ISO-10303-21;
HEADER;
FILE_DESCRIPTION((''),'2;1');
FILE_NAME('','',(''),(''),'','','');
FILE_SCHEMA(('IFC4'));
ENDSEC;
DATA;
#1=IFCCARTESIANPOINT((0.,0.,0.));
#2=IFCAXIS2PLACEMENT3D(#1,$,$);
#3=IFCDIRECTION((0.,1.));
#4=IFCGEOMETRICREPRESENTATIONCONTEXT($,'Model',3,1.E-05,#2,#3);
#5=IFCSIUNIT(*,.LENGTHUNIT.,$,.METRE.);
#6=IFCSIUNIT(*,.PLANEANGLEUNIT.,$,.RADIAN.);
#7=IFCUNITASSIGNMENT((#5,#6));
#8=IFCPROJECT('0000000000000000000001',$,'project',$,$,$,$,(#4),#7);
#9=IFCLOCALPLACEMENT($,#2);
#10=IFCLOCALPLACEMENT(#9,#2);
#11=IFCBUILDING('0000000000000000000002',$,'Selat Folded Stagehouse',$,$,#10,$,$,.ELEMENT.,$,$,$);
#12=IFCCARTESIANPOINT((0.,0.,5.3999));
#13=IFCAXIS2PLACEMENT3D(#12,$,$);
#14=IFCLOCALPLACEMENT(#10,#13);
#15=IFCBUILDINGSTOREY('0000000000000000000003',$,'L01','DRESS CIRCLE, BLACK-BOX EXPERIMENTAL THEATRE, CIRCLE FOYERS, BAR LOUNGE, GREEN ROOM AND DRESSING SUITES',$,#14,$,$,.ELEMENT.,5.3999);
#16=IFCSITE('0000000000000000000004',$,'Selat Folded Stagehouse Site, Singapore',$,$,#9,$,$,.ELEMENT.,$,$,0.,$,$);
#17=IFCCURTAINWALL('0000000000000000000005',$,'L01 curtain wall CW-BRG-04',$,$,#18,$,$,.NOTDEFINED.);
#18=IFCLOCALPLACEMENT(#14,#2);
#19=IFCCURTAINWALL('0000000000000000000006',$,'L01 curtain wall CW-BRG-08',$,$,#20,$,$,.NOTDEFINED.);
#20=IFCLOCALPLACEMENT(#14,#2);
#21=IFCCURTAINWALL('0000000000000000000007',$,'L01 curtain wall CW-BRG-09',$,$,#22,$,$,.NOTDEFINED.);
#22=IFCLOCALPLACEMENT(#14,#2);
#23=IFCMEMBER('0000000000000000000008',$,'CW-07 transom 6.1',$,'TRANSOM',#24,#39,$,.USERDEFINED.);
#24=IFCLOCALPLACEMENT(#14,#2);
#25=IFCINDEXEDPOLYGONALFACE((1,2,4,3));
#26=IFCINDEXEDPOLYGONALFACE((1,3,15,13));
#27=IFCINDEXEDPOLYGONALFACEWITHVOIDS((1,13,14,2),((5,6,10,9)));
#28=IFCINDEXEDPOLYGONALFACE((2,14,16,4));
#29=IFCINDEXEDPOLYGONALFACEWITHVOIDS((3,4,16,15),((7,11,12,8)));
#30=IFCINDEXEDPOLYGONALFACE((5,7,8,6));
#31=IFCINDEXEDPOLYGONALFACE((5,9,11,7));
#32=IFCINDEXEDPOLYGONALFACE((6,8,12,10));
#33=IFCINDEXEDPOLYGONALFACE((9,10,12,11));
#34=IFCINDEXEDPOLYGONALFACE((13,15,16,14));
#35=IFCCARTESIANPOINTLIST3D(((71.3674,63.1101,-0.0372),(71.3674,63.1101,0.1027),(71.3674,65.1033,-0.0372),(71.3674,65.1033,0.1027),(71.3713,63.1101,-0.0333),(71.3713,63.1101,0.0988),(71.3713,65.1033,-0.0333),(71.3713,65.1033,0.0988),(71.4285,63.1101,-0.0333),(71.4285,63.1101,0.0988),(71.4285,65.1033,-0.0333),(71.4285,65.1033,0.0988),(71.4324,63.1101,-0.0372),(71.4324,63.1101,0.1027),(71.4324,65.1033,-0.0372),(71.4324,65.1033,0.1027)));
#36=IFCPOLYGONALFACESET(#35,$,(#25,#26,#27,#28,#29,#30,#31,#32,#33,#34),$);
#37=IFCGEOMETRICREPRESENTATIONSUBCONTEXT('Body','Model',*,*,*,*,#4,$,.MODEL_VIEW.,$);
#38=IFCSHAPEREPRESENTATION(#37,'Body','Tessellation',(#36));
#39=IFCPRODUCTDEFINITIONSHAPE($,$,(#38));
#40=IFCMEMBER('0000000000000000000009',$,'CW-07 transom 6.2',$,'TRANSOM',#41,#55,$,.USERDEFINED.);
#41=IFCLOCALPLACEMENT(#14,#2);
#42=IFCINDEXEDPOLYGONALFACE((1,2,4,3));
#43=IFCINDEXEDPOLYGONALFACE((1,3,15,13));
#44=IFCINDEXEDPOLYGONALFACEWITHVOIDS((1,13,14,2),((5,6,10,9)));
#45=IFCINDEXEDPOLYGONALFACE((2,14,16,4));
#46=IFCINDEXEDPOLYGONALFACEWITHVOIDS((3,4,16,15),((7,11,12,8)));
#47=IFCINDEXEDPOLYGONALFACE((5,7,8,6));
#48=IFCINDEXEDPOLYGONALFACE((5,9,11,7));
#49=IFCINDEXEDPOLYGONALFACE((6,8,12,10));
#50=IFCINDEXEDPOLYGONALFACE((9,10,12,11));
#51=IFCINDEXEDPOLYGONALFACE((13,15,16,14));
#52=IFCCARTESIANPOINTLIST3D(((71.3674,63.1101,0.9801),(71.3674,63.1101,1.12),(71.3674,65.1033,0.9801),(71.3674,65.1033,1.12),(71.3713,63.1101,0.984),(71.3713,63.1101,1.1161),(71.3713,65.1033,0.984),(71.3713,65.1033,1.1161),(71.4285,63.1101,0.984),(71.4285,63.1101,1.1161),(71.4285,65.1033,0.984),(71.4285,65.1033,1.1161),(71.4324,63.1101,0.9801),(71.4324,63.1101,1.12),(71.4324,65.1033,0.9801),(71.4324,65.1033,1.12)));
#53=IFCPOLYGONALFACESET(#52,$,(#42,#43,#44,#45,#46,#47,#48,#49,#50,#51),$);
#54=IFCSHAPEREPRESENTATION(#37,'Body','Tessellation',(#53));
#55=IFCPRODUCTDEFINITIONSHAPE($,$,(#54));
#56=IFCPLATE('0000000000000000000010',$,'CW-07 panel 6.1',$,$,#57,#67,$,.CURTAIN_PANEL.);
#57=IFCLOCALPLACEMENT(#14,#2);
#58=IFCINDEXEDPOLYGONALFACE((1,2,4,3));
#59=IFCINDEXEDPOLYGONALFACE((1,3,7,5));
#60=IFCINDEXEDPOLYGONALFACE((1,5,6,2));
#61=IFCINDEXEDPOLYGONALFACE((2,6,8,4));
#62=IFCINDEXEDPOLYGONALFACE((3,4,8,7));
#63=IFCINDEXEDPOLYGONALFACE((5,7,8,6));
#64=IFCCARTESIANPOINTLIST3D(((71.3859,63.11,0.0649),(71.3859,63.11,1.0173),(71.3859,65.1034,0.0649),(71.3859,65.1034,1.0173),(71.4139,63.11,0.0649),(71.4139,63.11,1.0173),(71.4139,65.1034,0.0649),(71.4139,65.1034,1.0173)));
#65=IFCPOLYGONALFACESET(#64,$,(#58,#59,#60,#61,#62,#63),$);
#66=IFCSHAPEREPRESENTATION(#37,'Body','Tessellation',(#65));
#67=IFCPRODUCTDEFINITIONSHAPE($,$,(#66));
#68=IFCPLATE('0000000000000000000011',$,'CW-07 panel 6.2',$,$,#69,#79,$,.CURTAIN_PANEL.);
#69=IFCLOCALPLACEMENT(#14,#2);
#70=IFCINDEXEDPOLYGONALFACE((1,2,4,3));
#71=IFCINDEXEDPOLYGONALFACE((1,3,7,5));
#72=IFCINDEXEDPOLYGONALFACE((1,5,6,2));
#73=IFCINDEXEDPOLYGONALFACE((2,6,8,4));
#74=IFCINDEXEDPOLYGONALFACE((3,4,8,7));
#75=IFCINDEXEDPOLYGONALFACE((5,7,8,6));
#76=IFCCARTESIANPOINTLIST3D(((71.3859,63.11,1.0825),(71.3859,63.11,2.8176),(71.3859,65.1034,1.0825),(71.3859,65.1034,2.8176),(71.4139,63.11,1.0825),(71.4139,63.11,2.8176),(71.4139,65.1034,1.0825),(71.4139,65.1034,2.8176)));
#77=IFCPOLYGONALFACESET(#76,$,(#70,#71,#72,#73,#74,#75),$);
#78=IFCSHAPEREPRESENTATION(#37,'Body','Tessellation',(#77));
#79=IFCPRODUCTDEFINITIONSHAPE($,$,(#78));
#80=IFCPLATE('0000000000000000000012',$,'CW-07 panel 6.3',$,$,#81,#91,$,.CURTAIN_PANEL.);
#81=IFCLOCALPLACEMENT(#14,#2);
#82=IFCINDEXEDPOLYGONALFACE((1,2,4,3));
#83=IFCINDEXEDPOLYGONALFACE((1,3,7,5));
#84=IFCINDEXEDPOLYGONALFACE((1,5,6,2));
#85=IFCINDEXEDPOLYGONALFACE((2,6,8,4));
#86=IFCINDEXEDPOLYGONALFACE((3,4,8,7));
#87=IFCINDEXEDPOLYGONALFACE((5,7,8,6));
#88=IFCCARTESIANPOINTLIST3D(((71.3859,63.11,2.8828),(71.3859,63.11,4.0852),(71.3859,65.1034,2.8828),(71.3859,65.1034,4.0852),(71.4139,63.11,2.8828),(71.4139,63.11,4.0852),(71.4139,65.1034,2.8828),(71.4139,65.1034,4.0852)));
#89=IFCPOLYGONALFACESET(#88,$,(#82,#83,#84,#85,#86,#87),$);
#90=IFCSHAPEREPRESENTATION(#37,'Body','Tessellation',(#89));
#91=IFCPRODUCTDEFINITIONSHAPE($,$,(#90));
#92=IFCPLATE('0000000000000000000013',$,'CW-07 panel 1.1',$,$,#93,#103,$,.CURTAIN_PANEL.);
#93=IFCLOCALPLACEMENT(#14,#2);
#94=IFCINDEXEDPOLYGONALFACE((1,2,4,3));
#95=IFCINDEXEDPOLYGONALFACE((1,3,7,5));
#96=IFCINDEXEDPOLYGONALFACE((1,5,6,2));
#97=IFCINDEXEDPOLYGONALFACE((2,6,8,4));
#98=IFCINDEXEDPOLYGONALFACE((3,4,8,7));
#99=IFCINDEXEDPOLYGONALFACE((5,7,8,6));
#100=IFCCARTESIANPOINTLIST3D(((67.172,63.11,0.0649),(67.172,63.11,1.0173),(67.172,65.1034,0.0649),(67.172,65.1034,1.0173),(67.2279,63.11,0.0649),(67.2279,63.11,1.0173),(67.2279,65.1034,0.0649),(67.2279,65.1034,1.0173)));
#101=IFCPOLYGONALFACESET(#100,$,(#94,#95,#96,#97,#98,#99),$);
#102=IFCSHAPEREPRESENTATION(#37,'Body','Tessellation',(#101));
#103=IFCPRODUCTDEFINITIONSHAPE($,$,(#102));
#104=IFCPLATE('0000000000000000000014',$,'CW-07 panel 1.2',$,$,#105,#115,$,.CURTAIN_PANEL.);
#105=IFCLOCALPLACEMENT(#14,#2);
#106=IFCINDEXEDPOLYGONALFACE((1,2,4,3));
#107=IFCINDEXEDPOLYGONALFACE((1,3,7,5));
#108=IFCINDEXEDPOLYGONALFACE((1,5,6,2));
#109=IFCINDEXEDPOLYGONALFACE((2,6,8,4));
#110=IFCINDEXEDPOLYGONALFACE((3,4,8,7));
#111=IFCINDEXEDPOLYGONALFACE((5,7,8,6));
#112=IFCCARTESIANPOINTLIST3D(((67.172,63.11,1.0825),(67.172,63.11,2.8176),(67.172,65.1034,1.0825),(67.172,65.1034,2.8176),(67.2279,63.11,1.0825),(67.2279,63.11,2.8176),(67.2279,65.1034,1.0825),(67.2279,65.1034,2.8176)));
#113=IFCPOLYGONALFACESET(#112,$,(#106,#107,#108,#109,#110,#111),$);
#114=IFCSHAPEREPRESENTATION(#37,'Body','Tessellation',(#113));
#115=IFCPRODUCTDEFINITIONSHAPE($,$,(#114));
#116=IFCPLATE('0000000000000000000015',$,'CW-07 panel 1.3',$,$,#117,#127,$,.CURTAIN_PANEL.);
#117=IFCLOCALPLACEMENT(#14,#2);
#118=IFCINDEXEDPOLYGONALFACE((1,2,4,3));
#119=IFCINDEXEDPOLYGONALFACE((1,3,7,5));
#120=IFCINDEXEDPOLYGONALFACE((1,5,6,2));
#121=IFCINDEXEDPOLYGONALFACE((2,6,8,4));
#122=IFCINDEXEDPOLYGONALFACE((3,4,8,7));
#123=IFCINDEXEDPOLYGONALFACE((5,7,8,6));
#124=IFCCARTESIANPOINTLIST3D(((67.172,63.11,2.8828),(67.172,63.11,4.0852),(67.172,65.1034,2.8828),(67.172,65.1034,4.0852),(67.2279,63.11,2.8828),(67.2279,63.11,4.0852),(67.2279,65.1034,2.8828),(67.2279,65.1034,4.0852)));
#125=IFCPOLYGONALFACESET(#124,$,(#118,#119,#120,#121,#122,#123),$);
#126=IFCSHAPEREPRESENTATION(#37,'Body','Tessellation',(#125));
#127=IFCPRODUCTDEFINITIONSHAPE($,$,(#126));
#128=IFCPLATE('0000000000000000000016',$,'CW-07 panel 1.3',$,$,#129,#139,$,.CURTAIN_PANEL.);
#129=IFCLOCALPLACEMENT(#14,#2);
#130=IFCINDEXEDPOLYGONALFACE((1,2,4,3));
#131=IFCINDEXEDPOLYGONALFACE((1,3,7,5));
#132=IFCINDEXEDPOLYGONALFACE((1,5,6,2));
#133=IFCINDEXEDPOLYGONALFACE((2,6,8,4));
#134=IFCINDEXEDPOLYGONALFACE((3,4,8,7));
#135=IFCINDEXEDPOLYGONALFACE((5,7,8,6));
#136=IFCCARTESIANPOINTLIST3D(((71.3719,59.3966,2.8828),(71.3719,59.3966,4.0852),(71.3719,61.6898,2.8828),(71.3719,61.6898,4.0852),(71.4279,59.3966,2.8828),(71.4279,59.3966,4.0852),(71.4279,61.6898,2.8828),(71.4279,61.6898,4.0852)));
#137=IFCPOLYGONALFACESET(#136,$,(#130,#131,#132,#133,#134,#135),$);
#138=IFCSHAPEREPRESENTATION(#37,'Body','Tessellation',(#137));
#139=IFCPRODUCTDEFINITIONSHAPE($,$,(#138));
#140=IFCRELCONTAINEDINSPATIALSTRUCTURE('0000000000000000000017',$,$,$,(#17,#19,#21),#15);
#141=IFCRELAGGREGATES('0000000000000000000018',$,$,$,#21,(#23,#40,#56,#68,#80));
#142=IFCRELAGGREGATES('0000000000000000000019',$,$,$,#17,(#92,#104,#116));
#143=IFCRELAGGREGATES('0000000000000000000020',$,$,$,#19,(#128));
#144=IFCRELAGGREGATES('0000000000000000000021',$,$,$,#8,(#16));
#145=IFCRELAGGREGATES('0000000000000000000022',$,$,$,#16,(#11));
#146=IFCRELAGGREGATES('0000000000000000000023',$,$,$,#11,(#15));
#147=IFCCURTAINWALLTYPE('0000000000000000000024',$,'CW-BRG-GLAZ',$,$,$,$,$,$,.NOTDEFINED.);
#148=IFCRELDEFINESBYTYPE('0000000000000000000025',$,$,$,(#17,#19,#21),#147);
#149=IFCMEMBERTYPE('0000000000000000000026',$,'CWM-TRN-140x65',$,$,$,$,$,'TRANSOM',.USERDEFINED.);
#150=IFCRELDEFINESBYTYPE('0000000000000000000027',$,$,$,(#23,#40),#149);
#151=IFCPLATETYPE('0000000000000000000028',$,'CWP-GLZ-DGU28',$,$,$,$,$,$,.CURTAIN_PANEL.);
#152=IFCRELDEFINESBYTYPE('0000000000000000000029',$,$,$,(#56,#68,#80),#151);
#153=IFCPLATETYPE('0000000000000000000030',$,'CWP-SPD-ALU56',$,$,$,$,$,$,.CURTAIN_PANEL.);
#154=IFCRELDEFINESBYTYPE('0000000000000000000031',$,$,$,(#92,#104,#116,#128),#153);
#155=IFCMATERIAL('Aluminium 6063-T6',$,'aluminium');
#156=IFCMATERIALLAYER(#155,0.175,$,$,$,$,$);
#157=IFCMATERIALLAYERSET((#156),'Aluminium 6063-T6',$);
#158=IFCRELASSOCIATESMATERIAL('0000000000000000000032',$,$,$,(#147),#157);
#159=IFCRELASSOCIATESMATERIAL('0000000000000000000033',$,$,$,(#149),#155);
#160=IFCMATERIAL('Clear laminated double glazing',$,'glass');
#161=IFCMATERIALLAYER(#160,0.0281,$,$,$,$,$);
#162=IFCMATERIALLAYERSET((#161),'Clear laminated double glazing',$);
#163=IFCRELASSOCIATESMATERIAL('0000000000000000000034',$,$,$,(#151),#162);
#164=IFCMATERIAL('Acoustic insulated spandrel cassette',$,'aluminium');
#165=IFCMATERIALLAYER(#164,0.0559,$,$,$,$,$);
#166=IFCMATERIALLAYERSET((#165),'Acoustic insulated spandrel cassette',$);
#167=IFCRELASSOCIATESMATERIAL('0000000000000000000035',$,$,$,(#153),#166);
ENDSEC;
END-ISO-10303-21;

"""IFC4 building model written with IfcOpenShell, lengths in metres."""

from ifc_helpers import new_model, si_unit, direction, frame, origin, origin_2d, place, context, subcontext, project, spatial, rectangle, hollow_rectangle, extrude, material, layer, layer_set, material_profile, profile_set, type_object, element, aggregate, save


model = new_model("IFC4")

# Units and contexts
model_context = context("Model", 3, precision=1e-05, world=origin(), true_north=direction((0.0, 1.0)))
body_context = subcontext(model_context, "Body", "Model", "MODEL_VIEW")
ifc_project = project(units=[si_unit("LENGTHUNIT", "METRE"), si_unit("PLANEANGLEUNIT", "RADIAN")], contexts=[model_context])

# Site, building, storey
site_placement = place(None, origin())
site = spatial("IfcSite", under=ifc_project, at=site_placement, Name="Selat Folded Stagehouse Site, Singapore", CompositionType="ELEMENT", RefElevation=0.0)
building_placement = place(site_placement, origin())
building = spatial("IfcBuilding", under=site, at=building_placement, Name="Selat Folded Stagehouse", CompositionType="ELEMENT")
storey_placement = place(building_placement, frame((0.0, 0.0, 5.3999)))
storey = spatial("IfcBuildingStorey", under=building, at=storey_placement, Name="L01", Description="DRESS CIRCLE, BLACK-BOX EXPERIMENTAL THEATRE, CIRCLE FOYERS, BAR LOUNGE, GREEN ROOM AND DRESSING SUITES", CompositionType="ELEMENT", Elevation=5.3999)

# Curtain walls
ifc_material_1 = material(Name="Aluminium 6063-T6", Category="aluminium")
ifc_layer_1 = layer(ifc_material_1, 0.175)
ifc_layer_set_1 = layer_set([ifc_layer_1], Name="Aluminium 6063-T6")
curtain_wall_type = type_object("IfcCurtainWallType", Name="CW-BRG-GLAZ", PredefinedType="NOTDEFINED", material=ifc_layer_set_1)
curtain_wall_1_placement = place(storey_placement, origin())
curtain_wall_1 = element("IfcCurtainWall", 1, at=curtain_wall_1_placement, inside=storey, type_object=curtain_wall_type, Name="L01 curtain wall CW-BRG-04", PredefinedType="NOTDEFINED")
curtain_wall_2_placement = place(storey_placement, origin())
curtain_wall_2 = element("IfcCurtainWall", 2, at=curtain_wall_2_placement, inside=storey, type_object=curtain_wall_type, Name="L01 curtain wall CW-BRG-08", PredefinedType="NOTDEFINED")
curtain_wall_3_placement = place(storey_placement, origin())
curtain_wall_3 = element("IfcCurtainWall", 3, at=curtain_wall_3_placement, inside=storey, type_object=curtain_wall_type, Name="L01 curtain wall CW-BRG-09", PredefinedType="NOTDEFINED")

# Members
ifc_material_profile_1 = material_profile(ifc_material_1, hollow_rectangle(XDim=0.0649, YDim=0.1399, WallThickness=0.0039, at=origin_2d()), Name="ALU 140x65x4.0")
ifc_profile_set_1 = profile_set([ifc_material_profile_1], Name="Aluminium 6063-T6")
member_type_1 = type_object("IfcMemberType", Name="CWM-TRN-140x65", ElementType="TRANSOM", PredefinedType="USERDEFINED", material=ifc_profile_set_1)
member_1_placement = place(storey_placement, frame((71.3999, 65.1033, 0.0327), z_axis=(0.0, -1.0, 0.0), x_axis=(1.0, 0.0, 0.0)))
member_1 = element("IfcMember", 4, at=member_1_placement, type_object=member_type_1, Name="CW-07 transom 6.1", ObjectType="TRANSOM", PredefinedType="USERDEFINED", context=body_context, shape_type="SweptSolid", body=[
    extrude(hollow_rectangle(XDim=0.0649, YDim=0.1399, WallThickness=0.0039, at=origin_2d()), origin(), (0.0, 0.0, 1.0), 1.9932),
])
member_2_placement = place(storey_placement, frame((71.3999, 65.1033, 1.05), z_axis=(0.0, -1.0, 0.0), x_axis=(1.0, 0.0, 0.0)))
member_2 = element("IfcMember", 5, at=member_2_placement, type_object=member_type_1, Name="CW-07 transom 6.2", ObjectType="TRANSOM", PredefinedType="USERDEFINED", context=body_context, shape_type="SweptSolid", body=[
    extrude(hollow_rectangle(XDim=0.0649, YDim=0.1399, WallThickness=0.0039, at=origin_2d()), origin(), (0.0, 0.0, 1.0), 1.9932),
])

# Plates
ifc_material_2 = material(Name="Clear laminated double glazing", Category="glass")
ifc_layer_2 = layer(ifc_material_2, 0.0281)
ifc_layer_set_2 = layer_set([ifc_layer_2], Name="Clear laminated double glazing")
plate_type_1 = type_object("IfcPlateType", Name="CWP-GLZ-DGU28", PredefinedType="CURTAIN_PANEL", material=ifc_layer_set_2)
plate_1_placement = place(storey_placement, frame((71.3999, 64.1067, 0.0649), z_axis=(0.0, 0.0, 1.0), x_axis=(0.0, -1.0, 0.0)))
plate_1 = element("IfcPlate", 6, at=plate_1_placement, type_object=plate_type_1, Name="CW-07 panel 6.1", PredefinedType="CURTAIN_PANEL", context=body_context, shape_type="SweptSolid", body=[
    extrude(rectangle(XDim=1.9934, YDim=0.0281, at=origin_2d()), origin(), (0.0, 0.0, 1.0), 0.9524),
])
plate_2_placement = place(storey_placement, frame((71.3999, 64.1067, 1.0825), z_axis=(0.0, 0.0, 1.0), x_axis=(0.0, -1.0, 0.0)))
plate_2 = element("IfcPlate", 7, at=plate_2_placement, type_object=plate_type_1, Name="CW-07 panel 6.2", PredefinedType="CURTAIN_PANEL", context=body_context, shape_type="SweptSolid", body=[
    extrude(rectangle(XDim=1.9934, YDim=0.0281, at=origin_2d()), origin(), (0.0, 0.0, 1.0), 1.7351),
])
plate_3_placement = place(storey_placement, frame((71.3999, 64.1067, 2.8828), z_axis=(0.0, 0.0, 1.0), x_axis=(0.0, -1.0, 0.0)))
plate_3 = element("IfcPlate", 8, at=plate_3_placement, type_object=plate_type_1, Name="CW-07 panel 6.3", PredefinedType="CURTAIN_PANEL", context=body_context, shape_type="SweptSolid", body=[
    extrude(rectangle(XDim=1.9934, YDim=0.0281, at=origin_2d()), origin(), (0.0, 0.0, 1.0), 1.2024),
])
aggregate(curtain_wall_3, [member_1, member_2, plate_1, plate_2, plate_3])
ifc_material_3 = material(Name="Acoustic insulated spandrel cassette", Category="aluminium")
ifc_layer_3 = layer(ifc_material_3, 0.0559)
ifc_layer_set_3 = layer_set([ifc_layer_3], Name="Acoustic insulated spandrel cassette")
plate_type_2 = type_object("IfcPlateType", Name="CWP-SPD-ALU56", PredefinedType="CURTAIN_PANEL", material=ifc_layer_set_3)
plate_4_placement = place(storey_placement, frame((67.2, 64.1067, 0.0649), z_axis=(0.0, 0.0, 1.0), x_axis=(0.0, 1.0, 0.0)))
plate_4 = element("IfcPlate", 9, at=plate_4_placement, type_object=plate_type_2, Name="CW-07 panel 1.1", PredefinedType="CURTAIN_PANEL", context=body_context, shape_type="SweptSolid", body=[
    extrude(rectangle(XDim=1.9934, YDim=0.0559, at=origin_2d()), origin(), (0.0, 0.0, 1.0), 0.9524),
])
plate_5_placement = place(storey_placement, frame((67.2, 64.1067, 1.0825), z_axis=(0.0, 0.0, 1.0), x_axis=(0.0, 1.0, 0.0)))
plate_5 = element("IfcPlate", 10, at=plate_5_placement, type_object=plate_type_2, Name="CW-07 panel 1.2", PredefinedType="CURTAIN_PANEL", context=body_context, shape_type="SweptSolid", body=[
    extrude(rectangle(XDim=1.9934, YDim=0.0559, at=origin_2d()), origin(), (0.0, 0.0, 1.0), 1.7351),
])
plate_6_placement = place(storey_placement, frame((67.2, 64.1067, 2.8828), z_axis=(0.0, 0.0, 1.0), x_axis=(0.0, 1.0, 0.0)))
plate_6 = element("IfcPlate", 11, at=plate_6_placement, type_object=plate_type_2, Name="CW-07 panel 1.3", PredefinedType="CURTAIN_PANEL", context=body_context, shape_type="SweptSolid", body=[
    extrude(rectangle(XDim=1.9934, YDim=0.0559, at=origin_2d()), origin(), (0.0, 0.0, 1.0), 1.2024),
])
aggregate(curtain_wall_1, [plate_4, plate_5, plate_6])
plate_7_placement = place(storey_placement, frame((71.3999, 60.5432, 2.8828), z_axis=(0.0, 0.0, 1.0), x_axis=(0.0, -1.0, 0.0)))
plate_7 = element("IfcPlate", 12, at=plate_7_placement, type_object=plate_type_2, Name="CW-07 panel 1.3", PredefinedType="CURTAIN_PANEL", context=body_context, shape_type="SweptSolid", body=[
    extrude(rectangle(XDim=2.2932, YDim=0.0559, at=origin_2d()), origin(), (0.0, 0.0, 1.0), 1.2024),
])
aggregate(curtain_wall_2, [plate_7])

save(model, "model.ifc")
